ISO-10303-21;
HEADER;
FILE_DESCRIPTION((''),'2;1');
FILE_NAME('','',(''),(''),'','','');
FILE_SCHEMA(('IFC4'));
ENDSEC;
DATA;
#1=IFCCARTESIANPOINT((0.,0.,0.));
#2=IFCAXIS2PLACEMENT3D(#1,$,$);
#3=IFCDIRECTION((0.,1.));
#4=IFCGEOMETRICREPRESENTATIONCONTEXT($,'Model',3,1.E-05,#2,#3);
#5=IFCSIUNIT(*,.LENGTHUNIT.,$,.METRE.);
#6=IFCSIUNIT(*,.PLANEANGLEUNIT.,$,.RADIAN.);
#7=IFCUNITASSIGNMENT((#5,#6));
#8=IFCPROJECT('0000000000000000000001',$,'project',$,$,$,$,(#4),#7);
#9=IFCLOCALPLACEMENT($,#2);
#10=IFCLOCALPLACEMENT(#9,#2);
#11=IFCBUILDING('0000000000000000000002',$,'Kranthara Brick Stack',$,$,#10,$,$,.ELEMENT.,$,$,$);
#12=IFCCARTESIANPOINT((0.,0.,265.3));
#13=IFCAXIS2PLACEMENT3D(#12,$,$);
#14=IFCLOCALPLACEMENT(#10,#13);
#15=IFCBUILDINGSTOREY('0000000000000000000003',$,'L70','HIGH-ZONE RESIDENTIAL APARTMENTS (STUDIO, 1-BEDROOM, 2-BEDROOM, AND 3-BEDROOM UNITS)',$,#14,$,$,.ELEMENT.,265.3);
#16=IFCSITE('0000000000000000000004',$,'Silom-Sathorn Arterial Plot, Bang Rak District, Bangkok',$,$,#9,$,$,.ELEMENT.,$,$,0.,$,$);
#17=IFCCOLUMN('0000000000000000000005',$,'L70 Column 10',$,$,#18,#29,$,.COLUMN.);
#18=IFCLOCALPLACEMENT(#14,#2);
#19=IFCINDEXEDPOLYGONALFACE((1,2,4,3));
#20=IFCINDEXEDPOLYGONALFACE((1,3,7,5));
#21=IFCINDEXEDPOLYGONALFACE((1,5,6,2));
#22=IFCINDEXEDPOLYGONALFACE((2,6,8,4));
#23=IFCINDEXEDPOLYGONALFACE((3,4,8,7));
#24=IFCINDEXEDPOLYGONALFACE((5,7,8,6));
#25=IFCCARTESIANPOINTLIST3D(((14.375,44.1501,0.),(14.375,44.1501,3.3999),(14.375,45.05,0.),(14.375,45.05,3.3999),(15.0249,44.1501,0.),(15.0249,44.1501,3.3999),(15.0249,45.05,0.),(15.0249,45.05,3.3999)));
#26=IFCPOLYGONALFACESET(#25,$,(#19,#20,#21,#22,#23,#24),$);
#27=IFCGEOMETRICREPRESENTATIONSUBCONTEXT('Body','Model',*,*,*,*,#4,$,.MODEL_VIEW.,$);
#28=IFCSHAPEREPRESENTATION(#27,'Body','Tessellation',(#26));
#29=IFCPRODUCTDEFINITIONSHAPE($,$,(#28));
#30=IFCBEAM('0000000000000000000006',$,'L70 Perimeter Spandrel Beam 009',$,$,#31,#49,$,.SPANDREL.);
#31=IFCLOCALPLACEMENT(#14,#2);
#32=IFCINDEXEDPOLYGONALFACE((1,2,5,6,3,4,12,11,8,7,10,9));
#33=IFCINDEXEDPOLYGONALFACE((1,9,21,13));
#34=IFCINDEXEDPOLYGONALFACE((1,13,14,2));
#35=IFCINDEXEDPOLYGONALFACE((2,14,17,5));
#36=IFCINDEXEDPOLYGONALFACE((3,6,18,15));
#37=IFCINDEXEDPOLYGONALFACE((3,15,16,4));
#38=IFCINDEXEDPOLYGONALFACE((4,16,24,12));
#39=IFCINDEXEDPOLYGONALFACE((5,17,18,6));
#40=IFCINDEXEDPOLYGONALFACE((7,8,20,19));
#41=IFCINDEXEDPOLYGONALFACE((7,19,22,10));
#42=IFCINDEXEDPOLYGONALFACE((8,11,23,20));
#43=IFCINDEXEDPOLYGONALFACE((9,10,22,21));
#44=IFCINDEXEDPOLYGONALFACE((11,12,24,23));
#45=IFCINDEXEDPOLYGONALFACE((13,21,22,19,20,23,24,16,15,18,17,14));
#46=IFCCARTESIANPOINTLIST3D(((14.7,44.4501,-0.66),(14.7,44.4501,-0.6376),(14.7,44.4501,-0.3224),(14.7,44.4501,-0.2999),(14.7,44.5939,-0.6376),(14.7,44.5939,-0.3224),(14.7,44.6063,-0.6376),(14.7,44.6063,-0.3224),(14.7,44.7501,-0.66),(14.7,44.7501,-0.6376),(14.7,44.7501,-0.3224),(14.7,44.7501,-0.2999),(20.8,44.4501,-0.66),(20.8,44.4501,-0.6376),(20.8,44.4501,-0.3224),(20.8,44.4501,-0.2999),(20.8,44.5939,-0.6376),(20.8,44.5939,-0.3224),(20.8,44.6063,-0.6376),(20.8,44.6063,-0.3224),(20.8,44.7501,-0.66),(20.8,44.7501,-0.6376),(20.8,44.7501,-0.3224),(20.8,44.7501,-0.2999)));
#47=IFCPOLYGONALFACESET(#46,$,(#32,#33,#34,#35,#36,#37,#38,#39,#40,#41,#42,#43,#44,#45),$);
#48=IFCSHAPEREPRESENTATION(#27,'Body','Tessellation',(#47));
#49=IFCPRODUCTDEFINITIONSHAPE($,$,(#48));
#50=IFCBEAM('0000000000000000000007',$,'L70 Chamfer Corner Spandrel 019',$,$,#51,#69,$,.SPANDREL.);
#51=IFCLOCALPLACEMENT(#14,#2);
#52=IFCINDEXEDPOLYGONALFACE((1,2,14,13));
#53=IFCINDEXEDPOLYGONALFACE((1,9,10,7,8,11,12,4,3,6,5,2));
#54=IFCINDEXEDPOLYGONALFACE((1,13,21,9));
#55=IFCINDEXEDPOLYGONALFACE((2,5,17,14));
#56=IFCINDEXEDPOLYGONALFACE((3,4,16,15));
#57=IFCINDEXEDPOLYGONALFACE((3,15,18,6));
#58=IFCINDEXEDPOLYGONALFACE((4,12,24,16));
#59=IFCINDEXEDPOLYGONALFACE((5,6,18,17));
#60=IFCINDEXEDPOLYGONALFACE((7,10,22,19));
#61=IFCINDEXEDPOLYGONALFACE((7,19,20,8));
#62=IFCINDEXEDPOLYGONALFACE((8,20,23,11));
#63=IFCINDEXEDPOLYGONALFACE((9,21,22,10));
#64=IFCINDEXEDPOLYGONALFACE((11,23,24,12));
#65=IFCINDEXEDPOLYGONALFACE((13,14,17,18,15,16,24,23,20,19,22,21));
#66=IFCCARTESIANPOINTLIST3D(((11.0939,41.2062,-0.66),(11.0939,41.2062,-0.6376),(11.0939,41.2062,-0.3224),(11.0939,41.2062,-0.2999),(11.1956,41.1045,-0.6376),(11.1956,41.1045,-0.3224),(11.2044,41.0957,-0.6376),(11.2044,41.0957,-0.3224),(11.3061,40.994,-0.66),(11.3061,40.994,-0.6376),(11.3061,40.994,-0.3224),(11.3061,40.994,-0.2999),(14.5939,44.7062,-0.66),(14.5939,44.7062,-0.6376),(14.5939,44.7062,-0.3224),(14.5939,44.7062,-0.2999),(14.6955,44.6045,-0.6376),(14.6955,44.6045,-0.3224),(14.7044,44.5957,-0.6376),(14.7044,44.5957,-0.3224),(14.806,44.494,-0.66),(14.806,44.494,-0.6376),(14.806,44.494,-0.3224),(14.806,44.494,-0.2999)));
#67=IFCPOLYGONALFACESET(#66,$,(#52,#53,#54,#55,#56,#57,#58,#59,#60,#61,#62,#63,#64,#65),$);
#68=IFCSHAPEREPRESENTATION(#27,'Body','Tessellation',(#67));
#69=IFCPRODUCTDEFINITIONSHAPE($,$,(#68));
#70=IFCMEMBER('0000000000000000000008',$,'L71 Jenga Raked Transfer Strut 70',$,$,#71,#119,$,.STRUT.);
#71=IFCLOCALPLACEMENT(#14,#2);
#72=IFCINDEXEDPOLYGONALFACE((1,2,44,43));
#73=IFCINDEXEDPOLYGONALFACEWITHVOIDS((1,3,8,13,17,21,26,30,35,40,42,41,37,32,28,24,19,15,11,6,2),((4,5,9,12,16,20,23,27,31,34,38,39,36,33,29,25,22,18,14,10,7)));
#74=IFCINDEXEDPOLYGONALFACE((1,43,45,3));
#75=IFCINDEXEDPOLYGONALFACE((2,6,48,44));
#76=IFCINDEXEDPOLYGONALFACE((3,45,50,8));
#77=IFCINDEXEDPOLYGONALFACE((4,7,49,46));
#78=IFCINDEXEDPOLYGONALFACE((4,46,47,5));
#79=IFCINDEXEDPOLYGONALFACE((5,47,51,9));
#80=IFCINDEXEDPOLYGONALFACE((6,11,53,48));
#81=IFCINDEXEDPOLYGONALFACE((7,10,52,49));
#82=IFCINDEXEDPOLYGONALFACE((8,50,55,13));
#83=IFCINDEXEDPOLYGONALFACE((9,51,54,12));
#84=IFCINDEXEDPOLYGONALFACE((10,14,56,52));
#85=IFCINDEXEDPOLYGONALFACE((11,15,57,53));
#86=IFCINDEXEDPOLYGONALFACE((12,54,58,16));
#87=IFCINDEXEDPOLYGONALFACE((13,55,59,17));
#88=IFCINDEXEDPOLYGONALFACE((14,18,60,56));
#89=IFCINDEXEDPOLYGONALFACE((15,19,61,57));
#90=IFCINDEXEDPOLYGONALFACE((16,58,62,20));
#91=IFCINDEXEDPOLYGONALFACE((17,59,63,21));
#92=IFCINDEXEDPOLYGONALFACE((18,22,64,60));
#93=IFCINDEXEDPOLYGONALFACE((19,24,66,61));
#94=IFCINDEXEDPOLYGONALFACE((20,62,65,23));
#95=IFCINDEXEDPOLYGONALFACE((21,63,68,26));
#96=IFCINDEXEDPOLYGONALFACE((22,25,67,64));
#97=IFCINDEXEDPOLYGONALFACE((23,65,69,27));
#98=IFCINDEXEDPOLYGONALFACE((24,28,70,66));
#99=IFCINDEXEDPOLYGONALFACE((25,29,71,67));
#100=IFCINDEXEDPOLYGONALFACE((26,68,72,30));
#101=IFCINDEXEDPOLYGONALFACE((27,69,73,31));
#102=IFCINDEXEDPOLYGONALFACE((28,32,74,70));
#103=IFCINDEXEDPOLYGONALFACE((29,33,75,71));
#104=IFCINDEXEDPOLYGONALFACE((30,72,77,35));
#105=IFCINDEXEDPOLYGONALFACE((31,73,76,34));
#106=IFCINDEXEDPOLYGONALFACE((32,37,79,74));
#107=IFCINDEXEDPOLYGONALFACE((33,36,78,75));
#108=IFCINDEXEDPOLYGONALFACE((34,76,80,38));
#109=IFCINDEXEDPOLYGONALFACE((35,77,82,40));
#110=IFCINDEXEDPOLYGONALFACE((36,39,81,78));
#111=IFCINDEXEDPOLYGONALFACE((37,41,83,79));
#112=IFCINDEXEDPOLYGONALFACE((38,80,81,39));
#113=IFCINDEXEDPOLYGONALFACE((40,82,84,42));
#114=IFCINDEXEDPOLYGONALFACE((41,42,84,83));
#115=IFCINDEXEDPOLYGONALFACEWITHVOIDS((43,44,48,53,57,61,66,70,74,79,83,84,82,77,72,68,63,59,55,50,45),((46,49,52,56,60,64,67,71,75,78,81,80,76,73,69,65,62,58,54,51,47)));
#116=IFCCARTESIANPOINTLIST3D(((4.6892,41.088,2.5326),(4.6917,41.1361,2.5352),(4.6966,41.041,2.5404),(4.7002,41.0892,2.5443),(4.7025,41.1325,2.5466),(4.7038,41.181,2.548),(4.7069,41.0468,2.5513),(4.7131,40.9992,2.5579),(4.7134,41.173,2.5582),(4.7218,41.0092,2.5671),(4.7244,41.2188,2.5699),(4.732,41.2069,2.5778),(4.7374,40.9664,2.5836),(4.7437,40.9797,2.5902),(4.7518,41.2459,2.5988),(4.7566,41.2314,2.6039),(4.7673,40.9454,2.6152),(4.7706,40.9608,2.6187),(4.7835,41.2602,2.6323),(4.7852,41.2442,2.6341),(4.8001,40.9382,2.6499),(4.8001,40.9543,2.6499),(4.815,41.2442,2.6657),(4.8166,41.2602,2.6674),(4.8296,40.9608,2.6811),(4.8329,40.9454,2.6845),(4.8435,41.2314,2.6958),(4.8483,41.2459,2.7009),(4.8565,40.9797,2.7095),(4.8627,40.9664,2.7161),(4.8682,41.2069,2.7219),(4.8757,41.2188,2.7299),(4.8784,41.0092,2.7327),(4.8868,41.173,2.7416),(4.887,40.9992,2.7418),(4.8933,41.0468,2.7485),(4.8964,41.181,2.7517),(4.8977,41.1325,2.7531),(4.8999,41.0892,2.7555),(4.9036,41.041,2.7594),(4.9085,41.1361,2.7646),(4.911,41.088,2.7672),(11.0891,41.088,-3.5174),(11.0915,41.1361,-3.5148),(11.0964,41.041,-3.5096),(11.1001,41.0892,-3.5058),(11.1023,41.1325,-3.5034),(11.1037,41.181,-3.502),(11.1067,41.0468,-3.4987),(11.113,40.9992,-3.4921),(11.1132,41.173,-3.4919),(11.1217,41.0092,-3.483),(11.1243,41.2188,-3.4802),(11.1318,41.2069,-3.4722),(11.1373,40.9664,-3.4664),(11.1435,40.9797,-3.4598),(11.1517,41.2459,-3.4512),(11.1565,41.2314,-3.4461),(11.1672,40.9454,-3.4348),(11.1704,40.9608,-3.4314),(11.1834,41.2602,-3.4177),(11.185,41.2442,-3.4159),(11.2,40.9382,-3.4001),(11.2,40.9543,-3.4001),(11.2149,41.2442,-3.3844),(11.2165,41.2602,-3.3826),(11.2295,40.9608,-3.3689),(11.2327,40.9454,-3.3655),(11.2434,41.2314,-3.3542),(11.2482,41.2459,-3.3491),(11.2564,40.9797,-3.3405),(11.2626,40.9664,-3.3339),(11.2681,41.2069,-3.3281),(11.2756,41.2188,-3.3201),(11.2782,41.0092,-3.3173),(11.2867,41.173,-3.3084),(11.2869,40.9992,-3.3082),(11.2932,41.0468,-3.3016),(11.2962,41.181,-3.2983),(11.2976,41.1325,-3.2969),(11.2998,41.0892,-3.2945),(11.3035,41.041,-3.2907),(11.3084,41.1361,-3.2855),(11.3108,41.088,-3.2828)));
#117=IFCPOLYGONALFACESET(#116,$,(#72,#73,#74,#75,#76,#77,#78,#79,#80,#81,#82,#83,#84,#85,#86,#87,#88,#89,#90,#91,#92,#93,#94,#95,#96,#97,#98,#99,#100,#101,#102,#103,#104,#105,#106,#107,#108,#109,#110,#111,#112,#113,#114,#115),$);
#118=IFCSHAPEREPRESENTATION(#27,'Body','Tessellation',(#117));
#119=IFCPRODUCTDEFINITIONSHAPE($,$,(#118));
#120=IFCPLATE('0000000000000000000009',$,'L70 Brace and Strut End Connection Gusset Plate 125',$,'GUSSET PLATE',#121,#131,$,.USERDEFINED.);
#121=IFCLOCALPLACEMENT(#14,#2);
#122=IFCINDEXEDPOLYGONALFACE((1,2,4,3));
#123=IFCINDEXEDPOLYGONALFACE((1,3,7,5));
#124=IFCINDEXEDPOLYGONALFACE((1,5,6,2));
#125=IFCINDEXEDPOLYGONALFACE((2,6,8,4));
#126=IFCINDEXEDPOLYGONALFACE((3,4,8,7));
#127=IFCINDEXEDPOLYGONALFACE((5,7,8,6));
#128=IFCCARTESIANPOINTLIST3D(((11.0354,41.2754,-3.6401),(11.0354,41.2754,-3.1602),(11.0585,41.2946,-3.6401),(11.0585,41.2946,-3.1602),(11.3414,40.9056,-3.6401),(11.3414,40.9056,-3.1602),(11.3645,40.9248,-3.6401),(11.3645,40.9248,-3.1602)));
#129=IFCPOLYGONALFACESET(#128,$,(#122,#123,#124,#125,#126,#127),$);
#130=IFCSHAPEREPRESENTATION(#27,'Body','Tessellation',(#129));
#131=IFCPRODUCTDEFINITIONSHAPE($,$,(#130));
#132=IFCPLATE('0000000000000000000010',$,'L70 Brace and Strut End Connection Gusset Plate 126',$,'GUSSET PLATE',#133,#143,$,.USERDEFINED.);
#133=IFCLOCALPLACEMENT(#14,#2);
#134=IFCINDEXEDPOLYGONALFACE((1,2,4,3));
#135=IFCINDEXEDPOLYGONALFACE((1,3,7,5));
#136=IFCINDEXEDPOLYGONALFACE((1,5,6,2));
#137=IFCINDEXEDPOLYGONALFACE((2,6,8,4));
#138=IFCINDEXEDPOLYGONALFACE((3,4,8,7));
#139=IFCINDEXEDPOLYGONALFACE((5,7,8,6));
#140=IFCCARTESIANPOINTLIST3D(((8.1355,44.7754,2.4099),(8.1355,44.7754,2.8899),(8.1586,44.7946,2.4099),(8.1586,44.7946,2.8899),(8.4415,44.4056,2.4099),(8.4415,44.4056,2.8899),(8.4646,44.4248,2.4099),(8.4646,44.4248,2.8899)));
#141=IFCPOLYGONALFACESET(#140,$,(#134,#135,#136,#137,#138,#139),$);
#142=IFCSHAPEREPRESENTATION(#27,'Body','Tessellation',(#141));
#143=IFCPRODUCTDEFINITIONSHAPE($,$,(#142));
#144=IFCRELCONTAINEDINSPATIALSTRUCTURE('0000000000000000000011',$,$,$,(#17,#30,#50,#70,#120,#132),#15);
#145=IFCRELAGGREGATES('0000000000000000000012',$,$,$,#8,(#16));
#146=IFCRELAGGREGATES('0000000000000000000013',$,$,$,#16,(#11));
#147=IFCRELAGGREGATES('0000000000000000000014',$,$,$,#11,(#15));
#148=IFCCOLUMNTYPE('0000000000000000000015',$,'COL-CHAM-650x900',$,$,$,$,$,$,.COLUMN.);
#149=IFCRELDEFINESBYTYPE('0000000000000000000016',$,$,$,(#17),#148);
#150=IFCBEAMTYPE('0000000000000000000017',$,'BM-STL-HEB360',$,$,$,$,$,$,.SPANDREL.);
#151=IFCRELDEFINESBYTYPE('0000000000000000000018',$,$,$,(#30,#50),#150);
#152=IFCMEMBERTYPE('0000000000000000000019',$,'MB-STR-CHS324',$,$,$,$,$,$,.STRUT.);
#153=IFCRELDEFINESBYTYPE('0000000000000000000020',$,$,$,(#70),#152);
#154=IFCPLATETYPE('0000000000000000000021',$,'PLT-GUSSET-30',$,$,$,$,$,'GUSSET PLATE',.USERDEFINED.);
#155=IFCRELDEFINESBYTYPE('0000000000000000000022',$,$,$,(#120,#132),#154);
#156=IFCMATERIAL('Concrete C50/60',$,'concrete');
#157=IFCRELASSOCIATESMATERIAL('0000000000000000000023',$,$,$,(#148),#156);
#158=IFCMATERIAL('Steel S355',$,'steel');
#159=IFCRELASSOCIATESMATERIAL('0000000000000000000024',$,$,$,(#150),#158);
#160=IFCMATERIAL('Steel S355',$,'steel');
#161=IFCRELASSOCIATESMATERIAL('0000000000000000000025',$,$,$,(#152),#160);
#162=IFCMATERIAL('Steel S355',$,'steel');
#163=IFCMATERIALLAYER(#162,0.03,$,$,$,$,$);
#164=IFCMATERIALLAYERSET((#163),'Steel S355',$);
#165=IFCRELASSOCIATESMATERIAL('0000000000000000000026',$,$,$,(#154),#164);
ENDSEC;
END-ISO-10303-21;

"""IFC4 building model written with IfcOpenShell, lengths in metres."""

from ifc_helpers import new_model, si_unit, direction, frame, origin, origin_2d, place, context, subcontext, project, spatial, rectangle, hollow_circle, i_section, extrude, material, layer, layer_set, material_profile, profile_set, type_object, element, save


model = new_model("IFC4")

# Units and contexts
model_context = context("Model", 3, precision=1e-05, world=origin(), true_north=direction((0.0, 1.0)))
body_context = subcontext(model_context, "Body", "Model", "MODEL_VIEW")
ifc_project = project(units=[si_unit("LENGTHUNIT", "METRE"), si_unit("PLANEANGLEUNIT", "RADIAN")], contexts=[model_context])

# Site, building, storey
site_placement = place(None, origin())
site = spatial("IfcSite", under=ifc_project, at=site_placement, Name="Silom-Sathorn Arterial Plot, Bang Rak District, Bangkok", CompositionType="ELEMENT", RefElevation=0.0)
building_placement = place(site_placement, origin())
building = spatial("IfcBuilding", under=site, at=building_placement, Name="Kranthara Brick Stack", CompositionType="ELEMENT")
storey_placement = place(building_placement, frame((0.0, 0.0, 265.3)))
storey = spatial("IfcBuildingStorey", under=building, at=storey_placement, Name="L70", Description="HIGH-ZONE RESIDENTIAL APARTMENTS (STUDIO, 1-BEDROOM, 2-BEDROOM, AND 3-BEDROOM UNITS)", CompositionType="ELEMENT", Elevation=265.3)

# Column
ifc_material_1 = material(Name="Concrete C50/60", Category="concrete")
ifc_material_profile_1 = material_profile(ifc_material_1, rectangle(XDim=0.6499, YDim=0.8999, at=origin_2d()), Name="RC 650x900")
ifc_profile_set_1 = profile_set([ifc_material_profile_1], Name="Concrete C50/60")
column_type = type_object("IfcColumnType", Name="COL-CHAM-650x900", PredefinedType="COLUMN", material=ifc_profile_set_1)
column_placement = place(storey_placement, frame((14.7, 44.6001, 0.0), z_axis=(0.0, 0.0, 1.0), x_axis=(1.0, 0.0, 0.0)))
element("IfcColumn", 1, at=column_placement, inside=storey, type_object=column_type, Name="L70 Column 10", PredefinedType="COLUMN", context=body_context, shape_type="SweptSolid", body=[
    extrude(rectangle(XDim=0.6499, YDim=0.8999, at=origin_2d()), origin(), (0.0, 0.0, 1.0), 3.3999),
])

# Beams
ifc_material_2 = material(Name="Steel S355", Category="steel")
ifc_material_profile_2 = material_profile(ifc_material_2, i_section(OverallWidth=0.3, OverallDepth=0.3601, WebThickness=0.0125, FlangeThickness=0.0225, at=origin_2d()), Name="HEB 360")
ifc_profile_set_2 = profile_set([ifc_material_profile_2], Name="Steel S355")
beam_type = type_object("IfcBeamType", Name="BM-STL-HEB360", PredefinedType="SPANDREL", material=ifc_profile_set_2)
beam_1_placement = place(storey_placement, frame((14.7, 44.6001, -0.48), z_axis=(1.0, 0.0, 0.0), x_axis=(0.0, 1.0, 0.0)))
element("IfcBeam", 2, at=beam_1_placement, inside=storey, type_object=beam_type, Name="L70 Perimeter Spandrel Beam 009", PredefinedType="SPANDREL", context=body_context, shape_type="SweptSolid", body=[
    extrude(i_section(OverallWidth=0.3, OverallDepth=0.3601, WebThickness=0.0125, FlangeThickness=0.0225, at=origin_2d()), origin(), (0.0, 0.0, 1.0), 6.1001),
])
beam_2_placement = place(storey_placement, frame((14.7, 44.6001, -0.48), z_axis=(-0.707107, -0.707107, 0.0), x_axis=(0.707107, -0.707107, 0.0)))
element("IfcBeam", 3, at=beam_2_placement, inside=storey, type_object=beam_type, Name="L70 Chamfer Corner Spandrel 019", PredefinedType="SPANDREL", context=body_context, shape_type="SweptSolid", body=[
    extrude(i_section(OverallWidth=0.3, OverallDepth=0.3601, WebThickness=0.0125, FlangeThickness=0.0225, at=origin_2d()), origin(), (0.0, 0.0, 1.0), 4.9497),
])

# Member
ifc_material_3 = material(Name="Steel S355", Category="steel")
ifc_material_profile_3 = material_profile(ifc_material_3, hollow_circle(Radius=0.1619, WallThickness=0.0161, at=origin_2d()), Name="CHS 323.9x16")
ifc_profile_set_3 = profile_set([ifc_material_profile_3], Name="Steel S355")
member_type = type_object("IfcMemberType", Name="MB-STR-CHS324", PredefinedType="STRUT", material=ifc_profile_set_3)
member_placement = place(storey_placement, frame((11.2, 41.1001, -3.4001), z_axis=(-0.72669, 0.0, 0.686965), x_axis=(0.0, -1.0, 0.0)))
element("IfcMember", 4, at=member_placement, inside=storey, type_object=member_type, Name="L71 Jenga Raked Transfer Strut 70", PredefinedType="STRUT", context=body_context, shape_type="SweptSolid", body=[
    extrude(hollow_circle(Radius=0.1619, WallThickness=0.0161, at=origin_2d()), origin(), (0.0, 0.0, 1.0), 8.8069),
])

# Plates
ifc_material_4 = material(Name="Steel S355", Category="steel")
ifc_layer_1 = layer(ifc_material_4, 0.03)
ifc_layer_set_1 = layer_set([ifc_layer_1], Name="Steel S355")
plate_type = type_object("IfcPlateType", Name="PLT-GUSSET-30", ElementType="GUSSET PLATE", PredefinedType="USERDEFINED", material=ifc_layer_set_1)
for number, where, z_axis, x_axis, name in (
    (5, (11.2, 41.1001, -3.6401), (0.0, 0.0, 1.0), (-0.637424, 0.770513, 0.0), "L70 Brace and Strut End Connection Gusset Plate 125"),
    (6, (8.3, 44.6001, 2.4099), (0.0, 0.0, 1.0), (-0.637424, 0.770513, 0.0), "L70 Brace and Strut End Connection Gusset Plate 126"),
):
    element("IfcPlate", number, at=place(storey_placement, frame(where, z_axis=z_axis, x_axis=x_axis)), inside=storey, type_object=plate_type, Name=name, ObjectType="GUSSET PLATE", PredefinedType="USERDEFINED", context=body_context, shape_type="SweptSolid", body=[
        extrude(rectangle(XDim=0.48, YDim=0.03, at=origin_2d()), origin(), (0.0, 0.0, 1.0), 0.48),
    ])

save(model, "model.ifc")
